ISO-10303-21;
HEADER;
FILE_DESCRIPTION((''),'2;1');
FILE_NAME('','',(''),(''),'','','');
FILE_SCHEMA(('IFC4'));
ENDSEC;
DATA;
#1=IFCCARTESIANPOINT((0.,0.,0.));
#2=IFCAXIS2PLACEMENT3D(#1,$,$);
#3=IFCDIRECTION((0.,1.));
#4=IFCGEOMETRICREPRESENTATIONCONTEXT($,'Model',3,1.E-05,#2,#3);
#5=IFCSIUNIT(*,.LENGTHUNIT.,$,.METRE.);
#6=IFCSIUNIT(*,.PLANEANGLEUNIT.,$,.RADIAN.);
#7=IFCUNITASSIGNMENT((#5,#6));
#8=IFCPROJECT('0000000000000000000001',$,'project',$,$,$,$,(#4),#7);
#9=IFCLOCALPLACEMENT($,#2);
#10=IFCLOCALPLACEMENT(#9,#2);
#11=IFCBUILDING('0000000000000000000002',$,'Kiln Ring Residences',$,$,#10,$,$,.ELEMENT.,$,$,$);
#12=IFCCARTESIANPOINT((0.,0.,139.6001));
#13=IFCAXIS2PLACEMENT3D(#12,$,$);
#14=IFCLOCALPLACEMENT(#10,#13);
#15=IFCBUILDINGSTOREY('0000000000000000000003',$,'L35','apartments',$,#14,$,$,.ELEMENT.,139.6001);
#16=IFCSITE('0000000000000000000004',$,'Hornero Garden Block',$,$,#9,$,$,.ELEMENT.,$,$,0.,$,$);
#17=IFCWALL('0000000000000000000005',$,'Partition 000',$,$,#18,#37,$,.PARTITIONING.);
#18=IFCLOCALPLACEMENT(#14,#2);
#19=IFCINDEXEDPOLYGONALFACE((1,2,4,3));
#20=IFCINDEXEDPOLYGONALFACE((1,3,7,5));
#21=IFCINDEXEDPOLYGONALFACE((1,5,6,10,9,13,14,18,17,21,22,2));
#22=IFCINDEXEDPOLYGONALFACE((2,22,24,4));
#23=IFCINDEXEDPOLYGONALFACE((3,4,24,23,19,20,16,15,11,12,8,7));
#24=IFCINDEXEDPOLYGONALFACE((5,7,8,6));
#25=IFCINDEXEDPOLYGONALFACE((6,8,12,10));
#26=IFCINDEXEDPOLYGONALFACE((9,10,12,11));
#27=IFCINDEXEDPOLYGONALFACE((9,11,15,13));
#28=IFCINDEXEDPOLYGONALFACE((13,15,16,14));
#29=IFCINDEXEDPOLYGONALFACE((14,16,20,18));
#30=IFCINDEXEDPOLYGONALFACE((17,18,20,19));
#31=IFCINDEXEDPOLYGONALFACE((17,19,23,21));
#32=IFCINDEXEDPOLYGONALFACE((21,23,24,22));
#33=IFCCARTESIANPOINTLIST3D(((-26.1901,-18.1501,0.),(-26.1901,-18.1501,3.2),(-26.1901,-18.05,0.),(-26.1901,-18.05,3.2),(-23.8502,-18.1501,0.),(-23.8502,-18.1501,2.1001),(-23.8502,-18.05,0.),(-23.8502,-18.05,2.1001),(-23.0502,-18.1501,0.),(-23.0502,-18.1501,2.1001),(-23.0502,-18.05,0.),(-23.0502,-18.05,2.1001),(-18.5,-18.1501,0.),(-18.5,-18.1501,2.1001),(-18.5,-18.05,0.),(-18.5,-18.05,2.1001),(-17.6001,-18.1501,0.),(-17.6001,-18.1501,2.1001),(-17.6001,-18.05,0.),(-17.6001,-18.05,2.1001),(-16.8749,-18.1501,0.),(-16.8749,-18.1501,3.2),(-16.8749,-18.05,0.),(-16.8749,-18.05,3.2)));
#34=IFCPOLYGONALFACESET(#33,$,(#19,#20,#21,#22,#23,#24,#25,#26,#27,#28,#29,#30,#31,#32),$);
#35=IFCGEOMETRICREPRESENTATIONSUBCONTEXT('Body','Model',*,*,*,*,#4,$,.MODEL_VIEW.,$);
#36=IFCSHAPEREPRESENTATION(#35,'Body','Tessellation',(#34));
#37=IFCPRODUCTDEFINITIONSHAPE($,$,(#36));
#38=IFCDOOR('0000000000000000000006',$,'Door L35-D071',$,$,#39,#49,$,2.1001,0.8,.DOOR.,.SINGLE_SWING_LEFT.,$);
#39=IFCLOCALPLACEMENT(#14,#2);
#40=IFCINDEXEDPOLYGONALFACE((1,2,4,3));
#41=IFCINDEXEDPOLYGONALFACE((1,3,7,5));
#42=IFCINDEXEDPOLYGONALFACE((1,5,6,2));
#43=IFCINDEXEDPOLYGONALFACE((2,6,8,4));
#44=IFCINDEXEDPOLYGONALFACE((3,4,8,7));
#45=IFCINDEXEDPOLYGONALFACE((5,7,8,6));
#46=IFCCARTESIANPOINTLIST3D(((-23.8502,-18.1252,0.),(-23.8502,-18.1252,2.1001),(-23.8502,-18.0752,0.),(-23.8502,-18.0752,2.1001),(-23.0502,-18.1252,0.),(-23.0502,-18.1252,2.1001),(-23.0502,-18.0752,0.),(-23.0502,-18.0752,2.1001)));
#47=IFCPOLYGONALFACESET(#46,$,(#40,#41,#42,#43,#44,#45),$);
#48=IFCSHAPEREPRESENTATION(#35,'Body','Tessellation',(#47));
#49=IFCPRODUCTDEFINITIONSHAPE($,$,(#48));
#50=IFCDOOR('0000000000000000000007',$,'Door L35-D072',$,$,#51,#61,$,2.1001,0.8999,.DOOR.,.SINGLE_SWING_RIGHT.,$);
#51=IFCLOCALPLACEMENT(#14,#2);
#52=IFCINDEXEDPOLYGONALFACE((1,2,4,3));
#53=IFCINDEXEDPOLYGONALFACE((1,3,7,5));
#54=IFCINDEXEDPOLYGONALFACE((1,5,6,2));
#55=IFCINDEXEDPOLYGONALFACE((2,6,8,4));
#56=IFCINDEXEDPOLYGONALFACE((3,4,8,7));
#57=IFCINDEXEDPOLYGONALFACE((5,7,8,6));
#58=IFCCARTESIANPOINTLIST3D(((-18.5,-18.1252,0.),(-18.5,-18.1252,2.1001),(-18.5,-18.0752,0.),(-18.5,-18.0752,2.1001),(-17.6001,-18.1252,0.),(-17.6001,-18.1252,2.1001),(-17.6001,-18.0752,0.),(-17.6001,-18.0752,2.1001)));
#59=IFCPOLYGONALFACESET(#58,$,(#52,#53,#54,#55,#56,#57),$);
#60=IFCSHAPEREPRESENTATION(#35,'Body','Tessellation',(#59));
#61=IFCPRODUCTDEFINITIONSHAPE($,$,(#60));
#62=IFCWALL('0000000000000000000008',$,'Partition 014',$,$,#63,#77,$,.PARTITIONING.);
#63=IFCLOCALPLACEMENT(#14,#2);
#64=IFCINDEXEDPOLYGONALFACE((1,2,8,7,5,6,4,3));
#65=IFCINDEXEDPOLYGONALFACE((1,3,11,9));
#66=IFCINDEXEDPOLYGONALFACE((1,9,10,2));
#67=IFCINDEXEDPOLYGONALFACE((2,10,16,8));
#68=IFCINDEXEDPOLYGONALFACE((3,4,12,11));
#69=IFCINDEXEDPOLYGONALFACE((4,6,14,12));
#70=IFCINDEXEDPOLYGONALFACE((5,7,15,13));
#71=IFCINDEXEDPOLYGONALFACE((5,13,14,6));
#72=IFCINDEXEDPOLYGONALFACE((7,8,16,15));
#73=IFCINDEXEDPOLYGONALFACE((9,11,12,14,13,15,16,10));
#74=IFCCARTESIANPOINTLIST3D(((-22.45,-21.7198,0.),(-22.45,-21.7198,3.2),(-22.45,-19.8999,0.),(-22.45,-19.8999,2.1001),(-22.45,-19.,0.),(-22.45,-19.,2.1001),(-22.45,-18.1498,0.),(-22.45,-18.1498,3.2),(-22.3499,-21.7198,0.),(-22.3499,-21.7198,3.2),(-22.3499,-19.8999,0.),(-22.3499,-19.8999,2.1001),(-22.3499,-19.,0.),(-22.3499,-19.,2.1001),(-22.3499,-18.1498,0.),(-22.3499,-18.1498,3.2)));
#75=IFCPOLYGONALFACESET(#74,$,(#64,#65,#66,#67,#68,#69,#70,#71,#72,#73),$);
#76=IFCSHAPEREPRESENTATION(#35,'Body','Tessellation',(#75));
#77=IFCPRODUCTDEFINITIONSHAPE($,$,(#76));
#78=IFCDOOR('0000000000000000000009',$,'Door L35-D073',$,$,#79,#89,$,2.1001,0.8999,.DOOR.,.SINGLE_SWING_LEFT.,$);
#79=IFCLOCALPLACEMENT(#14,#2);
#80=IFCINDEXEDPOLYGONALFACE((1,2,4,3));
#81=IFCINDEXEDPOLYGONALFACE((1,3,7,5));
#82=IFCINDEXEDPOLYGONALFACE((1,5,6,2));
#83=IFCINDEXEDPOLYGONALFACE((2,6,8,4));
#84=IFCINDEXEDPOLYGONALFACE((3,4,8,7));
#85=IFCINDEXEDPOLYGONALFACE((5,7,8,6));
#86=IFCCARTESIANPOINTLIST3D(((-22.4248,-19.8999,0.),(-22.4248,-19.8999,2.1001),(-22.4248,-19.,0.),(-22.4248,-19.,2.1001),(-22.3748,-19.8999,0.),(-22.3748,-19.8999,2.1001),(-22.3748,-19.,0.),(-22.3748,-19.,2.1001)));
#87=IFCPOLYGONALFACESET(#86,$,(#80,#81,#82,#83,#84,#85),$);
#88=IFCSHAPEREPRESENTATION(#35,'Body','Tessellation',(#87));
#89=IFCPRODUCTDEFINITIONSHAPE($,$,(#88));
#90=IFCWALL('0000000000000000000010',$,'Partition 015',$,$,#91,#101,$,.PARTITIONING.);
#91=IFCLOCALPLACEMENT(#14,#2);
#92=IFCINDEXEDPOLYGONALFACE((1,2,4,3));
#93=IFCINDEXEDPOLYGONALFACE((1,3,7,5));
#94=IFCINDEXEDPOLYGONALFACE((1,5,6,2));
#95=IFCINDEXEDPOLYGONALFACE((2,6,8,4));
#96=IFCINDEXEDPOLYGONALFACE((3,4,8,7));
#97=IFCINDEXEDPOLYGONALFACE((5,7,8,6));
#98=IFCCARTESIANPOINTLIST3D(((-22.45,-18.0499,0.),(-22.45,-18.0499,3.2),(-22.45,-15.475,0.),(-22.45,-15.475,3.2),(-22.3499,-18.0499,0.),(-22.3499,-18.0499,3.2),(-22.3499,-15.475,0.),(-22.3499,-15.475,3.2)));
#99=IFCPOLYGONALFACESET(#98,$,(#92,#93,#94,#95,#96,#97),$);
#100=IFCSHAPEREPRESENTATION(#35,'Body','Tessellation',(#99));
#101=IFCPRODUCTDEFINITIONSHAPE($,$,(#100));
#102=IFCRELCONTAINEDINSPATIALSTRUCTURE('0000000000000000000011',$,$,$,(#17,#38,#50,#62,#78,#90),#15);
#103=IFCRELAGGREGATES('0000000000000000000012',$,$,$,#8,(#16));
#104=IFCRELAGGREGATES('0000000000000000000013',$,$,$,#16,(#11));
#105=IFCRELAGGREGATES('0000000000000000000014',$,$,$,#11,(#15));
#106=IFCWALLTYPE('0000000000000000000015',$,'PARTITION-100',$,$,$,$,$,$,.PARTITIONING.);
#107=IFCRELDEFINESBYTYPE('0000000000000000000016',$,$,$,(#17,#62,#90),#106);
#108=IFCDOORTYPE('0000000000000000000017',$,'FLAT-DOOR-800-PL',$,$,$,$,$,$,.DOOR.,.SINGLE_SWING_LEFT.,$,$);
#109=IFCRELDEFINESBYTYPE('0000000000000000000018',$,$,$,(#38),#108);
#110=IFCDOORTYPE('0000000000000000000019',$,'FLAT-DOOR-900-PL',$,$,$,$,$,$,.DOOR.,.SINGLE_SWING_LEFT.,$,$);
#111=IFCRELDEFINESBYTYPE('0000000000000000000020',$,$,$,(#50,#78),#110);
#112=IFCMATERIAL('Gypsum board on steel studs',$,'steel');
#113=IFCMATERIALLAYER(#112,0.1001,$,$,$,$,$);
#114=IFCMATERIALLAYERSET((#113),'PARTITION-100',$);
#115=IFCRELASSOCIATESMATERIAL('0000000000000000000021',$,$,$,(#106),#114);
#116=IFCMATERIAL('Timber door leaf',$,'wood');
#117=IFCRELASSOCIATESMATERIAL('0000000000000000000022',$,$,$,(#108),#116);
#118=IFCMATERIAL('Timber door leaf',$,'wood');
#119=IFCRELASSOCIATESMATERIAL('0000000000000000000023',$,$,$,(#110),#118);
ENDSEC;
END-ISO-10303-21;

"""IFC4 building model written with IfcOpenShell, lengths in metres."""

from ifc_helpers import new_model, si_unit, direction, frame, frame_2d, origin, place, context, subcontext, project, spatial, rectangle, extrude, material, layer, layer_set, type_object, element, fill, save


model = new_model("IFC4")

# Units and contexts
model_context = context("Model", 3, precision=1e-05, world=origin(), true_north=direction((0.0, 1.0)))
body_context = subcontext(model_context, "Body", "Model", "MODEL_VIEW")
ifc_project = project(units=[si_unit("LENGTHUNIT", "METRE"), si_unit("PLANEANGLEUNIT", "RADIAN")], contexts=[model_context])

# Site, building, storey
site_placement = place(None, origin())
site = spatial("IfcSite", under=ifc_project, at=site_placement, Name="Hornero Garden Block", CompositionType="ELEMENT", RefElevation=0.0)
building_placement = place(site_placement, origin())
building = spatial("IfcBuilding", under=site, at=building_placement, Name="Kiln Ring Residences", CompositionType="ELEMENT")
storey_placement = place(building_placement, frame((0.0, 0.0, 139.6001)))
storey = spatial("IfcBuildingStorey", under=building, at=storey_placement, Name="L35", Description="apartments", CompositionType="ELEMENT", Elevation=139.6001)

# Wall, openings, doors
ifc_material_1 = material(Name="Gypsum board on steel studs", Category="steel")
ifc_layer_1 = layer(ifc_material_1, 0.1001)
ifc_layer_set_1 = layer_set([ifc_layer_1], Name="PARTITION-100")
wall_type_1 = type_object("IfcWallType", Name="PARTITION-100", PredefinedType="PARTITIONING", material=ifc_layer_set_1)
wall_1_placement = place(storey_placement, frame((-26.1902, -18.1001, 0.0), z_axis=(0.0, 0.0, 1.0), x_axis=(1.0, 0.0, 0.0)))
wall_1 = element("IfcWall", 1, at=wall_1_placement, inside=storey, type_object=wall_type_1, Name="Partition 000", PredefinedType="PARTITIONING", context=body_context, shape_type="SweptSolid", body=[
    extrude(rectangle(XDim=9.3152, YDim=0.1001, at=frame_2d((4.6577, 0.0))), origin(), (0.0, 0.0, 1.0), 3.2),
])
opening_1_placement = place(wall_1_placement, frame((2.3401, 0.0, 0.0)))
opening_1 = element("IfcOpeningElement", 2, at=opening_1_placement, cuts=wall_1, PredefinedType="OPENING", context=body_context, shape_type="SweptSolid", body=[
    extrude(rectangle(XDim=0.8, YDim=2.1001, at=frame_2d((0.3999, 1.05))), frame((0.0, 0.0601, 0.0), z_axis=(0.0, -1.0, 0.0), x_axis=(1.0, 0.0, 0.0)), (0.0, 0.0, 1.0), 0.1201),
])
opening_2_placement = place(wall_1_placement, frame((7.6902, 0.0, 0.0)))
opening_2 = element("IfcOpeningElement", 3, at=opening_2_placement, cuts=wall_1, PredefinedType="OPENING", context=body_context, shape_type="SweptSolid", body=[
    extrude(rectangle(XDim=0.8999, YDim=2.1001, at=frame_2d((0.45, 1.05))), frame((0.0, 0.0601, 0.0), z_axis=(0.0, -1.0, 0.0), x_axis=(1.0, 0.0, 0.0)), (0.0, 0.0, 1.0), 0.1201),
])
ifc_material_2 = material(Name="Timber door leaf", Category="wood")
door_type_1 = type_object("IfcDoorType", Name="FLAT-DOOR-800-PL", OperationType="SINGLE_SWING_LEFT", PredefinedType="DOOR", material=ifc_material_2)
door_1_placement = place(opening_1_placement, origin())
door_1 = element("IfcDoor", 4, at=door_1_placement, inside=storey, type_object=door_type_1, Name="Door L35-D071", OperationType="SINGLE_SWING_LEFT", OverallHeight=2.1001, OverallWidth=0.8, PredefinedType="DOOR", context=body_context, shape_type="SweptSolid", body=[
    extrude(rectangle(XDim=0.8, YDim=2.1001, at=frame_2d((0.3999, 1.05))), frame((0.0, 0.0249, 0.0), z_axis=(0.0, -1.0, 0.0), x_axis=(1.0, 0.0, 0.0)), (0.0, 0.0, 1.0), 0.05),
])
fill(opening_1, door_1)
ifc_material_3 = material(Name="Timber door leaf", Category="wood")
door_type_2 = type_object("IfcDoorType", Name="FLAT-DOOR-900-PL", OperationType="SINGLE_SWING_LEFT", PredefinedType="DOOR", material=ifc_material_3)
door_2_placement = place(opening_2_placement, origin())
door_2 = element("IfcDoor", 5, at=door_2_placement, inside=storey, type_object=door_type_2, Name="Door L35-D072", OperationType="SINGLE_SWING_RIGHT", OverallHeight=2.1001, OverallWidth=0.8999, PredefinedType="DOOR", context=body_context, shape_type="SweptSolid", body=[
    extrude(rectangle(XDim=0.8999, YDim=2.1001, at=frame_2d((0.45, 1.05))), frame((0.0, 0.0249, 0.0), z_axis=(0.0, -1.0, 0.0), x_axis=(1.0, 0.0, 0.0)), (0.0, 0.0, 1.0), 0.05),
])
fill(opening_2, door_2)

# Wall, opening, door
wall_2_placement = place(storey_placement, frame((-22.3999, -21.72, 0.0), z_axis=(0.0, 0.0, 1.0), x_axis=(0.0, 1.0, 0.0)))
wall_2 = element("IfcWall", 6, at=wall_2_placement, inside=storey, type_object=wall_type_1, Name="Partition 014", PredefinedType="PARTITIONING", context=body_context, shape_type="SweptSolid", body=[
    extrude(rectangle(XDim=3.5701, YDim=0.1001, at=frame_2d((1.7852, 0.0))), origin(), (0.0, 0.0, 1.0), 3.2),
])
opening_3_placement = place(wall_2_placement, frame((1.8201, 0.0, 0.0)))
opening_3 = element("IfcOpeningElement", 7, at=opening_3_placement, cuts=wall_2, PredefinedType="OPENING", context=body_context, shape_type="SweptSolid", body=[
    extrude(rectangle(XDim=0.8999, YDim=2.1001, at=frame_2d((0.45, 1.05))), frame((0.0, 0.0601, 0.0), z_axis=(0.0, -1.0, 0.0), x_axis=(1.0, 0.0, 0.0)), (0.0, 0.0, 1.0), 0.1201),
])
door_3_placement = place(opening_3_placement, origin())
door_3 = element("IfcDoor", 8, at=door_3_placement, inside=storey, type_object=door_type_2, Name="Door L35-D073", OperationType="SINGLE_SWING_LEFT", OverallHeight=2.1001, OverallWidth=0.8999, PredefinedType="DOOR", context=body_context, shape_type="SweptSolid", body=[
    extrude(rectangle(XDim=0.8999, YDim=2.1001, at=frame_2d((0.45, 1.05))), frame((0.0, 0.0249, 0.0), z_axis=(0.0, -1.0, 0.0), x_axis=(1.0, 0.0, 0.0)), (0.0, 0.0, 1.0), 0.05),
])
fill(opening_3, door_3)

# Wall
wall_3_placement = place(storey_placement, frame((-22.3999, -18.05, 0.0), z_axis=(0.0, 0.0, 1.0), x_axis=(0.0, 1.0, 0.0)))
element("IfcWall", 9, at=wall_3_placement, inside=storey, type_object=wall_type_1, Name="Partition 015", PredefinedType="PARTITIONING", context=body_context, shape_type="SweptSolid", body=[
    extrude(rectangle(XDim=2.575, YDim=0.1001, at=frame_2d((1.2876, 0.0))), origin(), (0.0, 0.0, 1.0), 3.2),
])

save(model, "model.ifc")
